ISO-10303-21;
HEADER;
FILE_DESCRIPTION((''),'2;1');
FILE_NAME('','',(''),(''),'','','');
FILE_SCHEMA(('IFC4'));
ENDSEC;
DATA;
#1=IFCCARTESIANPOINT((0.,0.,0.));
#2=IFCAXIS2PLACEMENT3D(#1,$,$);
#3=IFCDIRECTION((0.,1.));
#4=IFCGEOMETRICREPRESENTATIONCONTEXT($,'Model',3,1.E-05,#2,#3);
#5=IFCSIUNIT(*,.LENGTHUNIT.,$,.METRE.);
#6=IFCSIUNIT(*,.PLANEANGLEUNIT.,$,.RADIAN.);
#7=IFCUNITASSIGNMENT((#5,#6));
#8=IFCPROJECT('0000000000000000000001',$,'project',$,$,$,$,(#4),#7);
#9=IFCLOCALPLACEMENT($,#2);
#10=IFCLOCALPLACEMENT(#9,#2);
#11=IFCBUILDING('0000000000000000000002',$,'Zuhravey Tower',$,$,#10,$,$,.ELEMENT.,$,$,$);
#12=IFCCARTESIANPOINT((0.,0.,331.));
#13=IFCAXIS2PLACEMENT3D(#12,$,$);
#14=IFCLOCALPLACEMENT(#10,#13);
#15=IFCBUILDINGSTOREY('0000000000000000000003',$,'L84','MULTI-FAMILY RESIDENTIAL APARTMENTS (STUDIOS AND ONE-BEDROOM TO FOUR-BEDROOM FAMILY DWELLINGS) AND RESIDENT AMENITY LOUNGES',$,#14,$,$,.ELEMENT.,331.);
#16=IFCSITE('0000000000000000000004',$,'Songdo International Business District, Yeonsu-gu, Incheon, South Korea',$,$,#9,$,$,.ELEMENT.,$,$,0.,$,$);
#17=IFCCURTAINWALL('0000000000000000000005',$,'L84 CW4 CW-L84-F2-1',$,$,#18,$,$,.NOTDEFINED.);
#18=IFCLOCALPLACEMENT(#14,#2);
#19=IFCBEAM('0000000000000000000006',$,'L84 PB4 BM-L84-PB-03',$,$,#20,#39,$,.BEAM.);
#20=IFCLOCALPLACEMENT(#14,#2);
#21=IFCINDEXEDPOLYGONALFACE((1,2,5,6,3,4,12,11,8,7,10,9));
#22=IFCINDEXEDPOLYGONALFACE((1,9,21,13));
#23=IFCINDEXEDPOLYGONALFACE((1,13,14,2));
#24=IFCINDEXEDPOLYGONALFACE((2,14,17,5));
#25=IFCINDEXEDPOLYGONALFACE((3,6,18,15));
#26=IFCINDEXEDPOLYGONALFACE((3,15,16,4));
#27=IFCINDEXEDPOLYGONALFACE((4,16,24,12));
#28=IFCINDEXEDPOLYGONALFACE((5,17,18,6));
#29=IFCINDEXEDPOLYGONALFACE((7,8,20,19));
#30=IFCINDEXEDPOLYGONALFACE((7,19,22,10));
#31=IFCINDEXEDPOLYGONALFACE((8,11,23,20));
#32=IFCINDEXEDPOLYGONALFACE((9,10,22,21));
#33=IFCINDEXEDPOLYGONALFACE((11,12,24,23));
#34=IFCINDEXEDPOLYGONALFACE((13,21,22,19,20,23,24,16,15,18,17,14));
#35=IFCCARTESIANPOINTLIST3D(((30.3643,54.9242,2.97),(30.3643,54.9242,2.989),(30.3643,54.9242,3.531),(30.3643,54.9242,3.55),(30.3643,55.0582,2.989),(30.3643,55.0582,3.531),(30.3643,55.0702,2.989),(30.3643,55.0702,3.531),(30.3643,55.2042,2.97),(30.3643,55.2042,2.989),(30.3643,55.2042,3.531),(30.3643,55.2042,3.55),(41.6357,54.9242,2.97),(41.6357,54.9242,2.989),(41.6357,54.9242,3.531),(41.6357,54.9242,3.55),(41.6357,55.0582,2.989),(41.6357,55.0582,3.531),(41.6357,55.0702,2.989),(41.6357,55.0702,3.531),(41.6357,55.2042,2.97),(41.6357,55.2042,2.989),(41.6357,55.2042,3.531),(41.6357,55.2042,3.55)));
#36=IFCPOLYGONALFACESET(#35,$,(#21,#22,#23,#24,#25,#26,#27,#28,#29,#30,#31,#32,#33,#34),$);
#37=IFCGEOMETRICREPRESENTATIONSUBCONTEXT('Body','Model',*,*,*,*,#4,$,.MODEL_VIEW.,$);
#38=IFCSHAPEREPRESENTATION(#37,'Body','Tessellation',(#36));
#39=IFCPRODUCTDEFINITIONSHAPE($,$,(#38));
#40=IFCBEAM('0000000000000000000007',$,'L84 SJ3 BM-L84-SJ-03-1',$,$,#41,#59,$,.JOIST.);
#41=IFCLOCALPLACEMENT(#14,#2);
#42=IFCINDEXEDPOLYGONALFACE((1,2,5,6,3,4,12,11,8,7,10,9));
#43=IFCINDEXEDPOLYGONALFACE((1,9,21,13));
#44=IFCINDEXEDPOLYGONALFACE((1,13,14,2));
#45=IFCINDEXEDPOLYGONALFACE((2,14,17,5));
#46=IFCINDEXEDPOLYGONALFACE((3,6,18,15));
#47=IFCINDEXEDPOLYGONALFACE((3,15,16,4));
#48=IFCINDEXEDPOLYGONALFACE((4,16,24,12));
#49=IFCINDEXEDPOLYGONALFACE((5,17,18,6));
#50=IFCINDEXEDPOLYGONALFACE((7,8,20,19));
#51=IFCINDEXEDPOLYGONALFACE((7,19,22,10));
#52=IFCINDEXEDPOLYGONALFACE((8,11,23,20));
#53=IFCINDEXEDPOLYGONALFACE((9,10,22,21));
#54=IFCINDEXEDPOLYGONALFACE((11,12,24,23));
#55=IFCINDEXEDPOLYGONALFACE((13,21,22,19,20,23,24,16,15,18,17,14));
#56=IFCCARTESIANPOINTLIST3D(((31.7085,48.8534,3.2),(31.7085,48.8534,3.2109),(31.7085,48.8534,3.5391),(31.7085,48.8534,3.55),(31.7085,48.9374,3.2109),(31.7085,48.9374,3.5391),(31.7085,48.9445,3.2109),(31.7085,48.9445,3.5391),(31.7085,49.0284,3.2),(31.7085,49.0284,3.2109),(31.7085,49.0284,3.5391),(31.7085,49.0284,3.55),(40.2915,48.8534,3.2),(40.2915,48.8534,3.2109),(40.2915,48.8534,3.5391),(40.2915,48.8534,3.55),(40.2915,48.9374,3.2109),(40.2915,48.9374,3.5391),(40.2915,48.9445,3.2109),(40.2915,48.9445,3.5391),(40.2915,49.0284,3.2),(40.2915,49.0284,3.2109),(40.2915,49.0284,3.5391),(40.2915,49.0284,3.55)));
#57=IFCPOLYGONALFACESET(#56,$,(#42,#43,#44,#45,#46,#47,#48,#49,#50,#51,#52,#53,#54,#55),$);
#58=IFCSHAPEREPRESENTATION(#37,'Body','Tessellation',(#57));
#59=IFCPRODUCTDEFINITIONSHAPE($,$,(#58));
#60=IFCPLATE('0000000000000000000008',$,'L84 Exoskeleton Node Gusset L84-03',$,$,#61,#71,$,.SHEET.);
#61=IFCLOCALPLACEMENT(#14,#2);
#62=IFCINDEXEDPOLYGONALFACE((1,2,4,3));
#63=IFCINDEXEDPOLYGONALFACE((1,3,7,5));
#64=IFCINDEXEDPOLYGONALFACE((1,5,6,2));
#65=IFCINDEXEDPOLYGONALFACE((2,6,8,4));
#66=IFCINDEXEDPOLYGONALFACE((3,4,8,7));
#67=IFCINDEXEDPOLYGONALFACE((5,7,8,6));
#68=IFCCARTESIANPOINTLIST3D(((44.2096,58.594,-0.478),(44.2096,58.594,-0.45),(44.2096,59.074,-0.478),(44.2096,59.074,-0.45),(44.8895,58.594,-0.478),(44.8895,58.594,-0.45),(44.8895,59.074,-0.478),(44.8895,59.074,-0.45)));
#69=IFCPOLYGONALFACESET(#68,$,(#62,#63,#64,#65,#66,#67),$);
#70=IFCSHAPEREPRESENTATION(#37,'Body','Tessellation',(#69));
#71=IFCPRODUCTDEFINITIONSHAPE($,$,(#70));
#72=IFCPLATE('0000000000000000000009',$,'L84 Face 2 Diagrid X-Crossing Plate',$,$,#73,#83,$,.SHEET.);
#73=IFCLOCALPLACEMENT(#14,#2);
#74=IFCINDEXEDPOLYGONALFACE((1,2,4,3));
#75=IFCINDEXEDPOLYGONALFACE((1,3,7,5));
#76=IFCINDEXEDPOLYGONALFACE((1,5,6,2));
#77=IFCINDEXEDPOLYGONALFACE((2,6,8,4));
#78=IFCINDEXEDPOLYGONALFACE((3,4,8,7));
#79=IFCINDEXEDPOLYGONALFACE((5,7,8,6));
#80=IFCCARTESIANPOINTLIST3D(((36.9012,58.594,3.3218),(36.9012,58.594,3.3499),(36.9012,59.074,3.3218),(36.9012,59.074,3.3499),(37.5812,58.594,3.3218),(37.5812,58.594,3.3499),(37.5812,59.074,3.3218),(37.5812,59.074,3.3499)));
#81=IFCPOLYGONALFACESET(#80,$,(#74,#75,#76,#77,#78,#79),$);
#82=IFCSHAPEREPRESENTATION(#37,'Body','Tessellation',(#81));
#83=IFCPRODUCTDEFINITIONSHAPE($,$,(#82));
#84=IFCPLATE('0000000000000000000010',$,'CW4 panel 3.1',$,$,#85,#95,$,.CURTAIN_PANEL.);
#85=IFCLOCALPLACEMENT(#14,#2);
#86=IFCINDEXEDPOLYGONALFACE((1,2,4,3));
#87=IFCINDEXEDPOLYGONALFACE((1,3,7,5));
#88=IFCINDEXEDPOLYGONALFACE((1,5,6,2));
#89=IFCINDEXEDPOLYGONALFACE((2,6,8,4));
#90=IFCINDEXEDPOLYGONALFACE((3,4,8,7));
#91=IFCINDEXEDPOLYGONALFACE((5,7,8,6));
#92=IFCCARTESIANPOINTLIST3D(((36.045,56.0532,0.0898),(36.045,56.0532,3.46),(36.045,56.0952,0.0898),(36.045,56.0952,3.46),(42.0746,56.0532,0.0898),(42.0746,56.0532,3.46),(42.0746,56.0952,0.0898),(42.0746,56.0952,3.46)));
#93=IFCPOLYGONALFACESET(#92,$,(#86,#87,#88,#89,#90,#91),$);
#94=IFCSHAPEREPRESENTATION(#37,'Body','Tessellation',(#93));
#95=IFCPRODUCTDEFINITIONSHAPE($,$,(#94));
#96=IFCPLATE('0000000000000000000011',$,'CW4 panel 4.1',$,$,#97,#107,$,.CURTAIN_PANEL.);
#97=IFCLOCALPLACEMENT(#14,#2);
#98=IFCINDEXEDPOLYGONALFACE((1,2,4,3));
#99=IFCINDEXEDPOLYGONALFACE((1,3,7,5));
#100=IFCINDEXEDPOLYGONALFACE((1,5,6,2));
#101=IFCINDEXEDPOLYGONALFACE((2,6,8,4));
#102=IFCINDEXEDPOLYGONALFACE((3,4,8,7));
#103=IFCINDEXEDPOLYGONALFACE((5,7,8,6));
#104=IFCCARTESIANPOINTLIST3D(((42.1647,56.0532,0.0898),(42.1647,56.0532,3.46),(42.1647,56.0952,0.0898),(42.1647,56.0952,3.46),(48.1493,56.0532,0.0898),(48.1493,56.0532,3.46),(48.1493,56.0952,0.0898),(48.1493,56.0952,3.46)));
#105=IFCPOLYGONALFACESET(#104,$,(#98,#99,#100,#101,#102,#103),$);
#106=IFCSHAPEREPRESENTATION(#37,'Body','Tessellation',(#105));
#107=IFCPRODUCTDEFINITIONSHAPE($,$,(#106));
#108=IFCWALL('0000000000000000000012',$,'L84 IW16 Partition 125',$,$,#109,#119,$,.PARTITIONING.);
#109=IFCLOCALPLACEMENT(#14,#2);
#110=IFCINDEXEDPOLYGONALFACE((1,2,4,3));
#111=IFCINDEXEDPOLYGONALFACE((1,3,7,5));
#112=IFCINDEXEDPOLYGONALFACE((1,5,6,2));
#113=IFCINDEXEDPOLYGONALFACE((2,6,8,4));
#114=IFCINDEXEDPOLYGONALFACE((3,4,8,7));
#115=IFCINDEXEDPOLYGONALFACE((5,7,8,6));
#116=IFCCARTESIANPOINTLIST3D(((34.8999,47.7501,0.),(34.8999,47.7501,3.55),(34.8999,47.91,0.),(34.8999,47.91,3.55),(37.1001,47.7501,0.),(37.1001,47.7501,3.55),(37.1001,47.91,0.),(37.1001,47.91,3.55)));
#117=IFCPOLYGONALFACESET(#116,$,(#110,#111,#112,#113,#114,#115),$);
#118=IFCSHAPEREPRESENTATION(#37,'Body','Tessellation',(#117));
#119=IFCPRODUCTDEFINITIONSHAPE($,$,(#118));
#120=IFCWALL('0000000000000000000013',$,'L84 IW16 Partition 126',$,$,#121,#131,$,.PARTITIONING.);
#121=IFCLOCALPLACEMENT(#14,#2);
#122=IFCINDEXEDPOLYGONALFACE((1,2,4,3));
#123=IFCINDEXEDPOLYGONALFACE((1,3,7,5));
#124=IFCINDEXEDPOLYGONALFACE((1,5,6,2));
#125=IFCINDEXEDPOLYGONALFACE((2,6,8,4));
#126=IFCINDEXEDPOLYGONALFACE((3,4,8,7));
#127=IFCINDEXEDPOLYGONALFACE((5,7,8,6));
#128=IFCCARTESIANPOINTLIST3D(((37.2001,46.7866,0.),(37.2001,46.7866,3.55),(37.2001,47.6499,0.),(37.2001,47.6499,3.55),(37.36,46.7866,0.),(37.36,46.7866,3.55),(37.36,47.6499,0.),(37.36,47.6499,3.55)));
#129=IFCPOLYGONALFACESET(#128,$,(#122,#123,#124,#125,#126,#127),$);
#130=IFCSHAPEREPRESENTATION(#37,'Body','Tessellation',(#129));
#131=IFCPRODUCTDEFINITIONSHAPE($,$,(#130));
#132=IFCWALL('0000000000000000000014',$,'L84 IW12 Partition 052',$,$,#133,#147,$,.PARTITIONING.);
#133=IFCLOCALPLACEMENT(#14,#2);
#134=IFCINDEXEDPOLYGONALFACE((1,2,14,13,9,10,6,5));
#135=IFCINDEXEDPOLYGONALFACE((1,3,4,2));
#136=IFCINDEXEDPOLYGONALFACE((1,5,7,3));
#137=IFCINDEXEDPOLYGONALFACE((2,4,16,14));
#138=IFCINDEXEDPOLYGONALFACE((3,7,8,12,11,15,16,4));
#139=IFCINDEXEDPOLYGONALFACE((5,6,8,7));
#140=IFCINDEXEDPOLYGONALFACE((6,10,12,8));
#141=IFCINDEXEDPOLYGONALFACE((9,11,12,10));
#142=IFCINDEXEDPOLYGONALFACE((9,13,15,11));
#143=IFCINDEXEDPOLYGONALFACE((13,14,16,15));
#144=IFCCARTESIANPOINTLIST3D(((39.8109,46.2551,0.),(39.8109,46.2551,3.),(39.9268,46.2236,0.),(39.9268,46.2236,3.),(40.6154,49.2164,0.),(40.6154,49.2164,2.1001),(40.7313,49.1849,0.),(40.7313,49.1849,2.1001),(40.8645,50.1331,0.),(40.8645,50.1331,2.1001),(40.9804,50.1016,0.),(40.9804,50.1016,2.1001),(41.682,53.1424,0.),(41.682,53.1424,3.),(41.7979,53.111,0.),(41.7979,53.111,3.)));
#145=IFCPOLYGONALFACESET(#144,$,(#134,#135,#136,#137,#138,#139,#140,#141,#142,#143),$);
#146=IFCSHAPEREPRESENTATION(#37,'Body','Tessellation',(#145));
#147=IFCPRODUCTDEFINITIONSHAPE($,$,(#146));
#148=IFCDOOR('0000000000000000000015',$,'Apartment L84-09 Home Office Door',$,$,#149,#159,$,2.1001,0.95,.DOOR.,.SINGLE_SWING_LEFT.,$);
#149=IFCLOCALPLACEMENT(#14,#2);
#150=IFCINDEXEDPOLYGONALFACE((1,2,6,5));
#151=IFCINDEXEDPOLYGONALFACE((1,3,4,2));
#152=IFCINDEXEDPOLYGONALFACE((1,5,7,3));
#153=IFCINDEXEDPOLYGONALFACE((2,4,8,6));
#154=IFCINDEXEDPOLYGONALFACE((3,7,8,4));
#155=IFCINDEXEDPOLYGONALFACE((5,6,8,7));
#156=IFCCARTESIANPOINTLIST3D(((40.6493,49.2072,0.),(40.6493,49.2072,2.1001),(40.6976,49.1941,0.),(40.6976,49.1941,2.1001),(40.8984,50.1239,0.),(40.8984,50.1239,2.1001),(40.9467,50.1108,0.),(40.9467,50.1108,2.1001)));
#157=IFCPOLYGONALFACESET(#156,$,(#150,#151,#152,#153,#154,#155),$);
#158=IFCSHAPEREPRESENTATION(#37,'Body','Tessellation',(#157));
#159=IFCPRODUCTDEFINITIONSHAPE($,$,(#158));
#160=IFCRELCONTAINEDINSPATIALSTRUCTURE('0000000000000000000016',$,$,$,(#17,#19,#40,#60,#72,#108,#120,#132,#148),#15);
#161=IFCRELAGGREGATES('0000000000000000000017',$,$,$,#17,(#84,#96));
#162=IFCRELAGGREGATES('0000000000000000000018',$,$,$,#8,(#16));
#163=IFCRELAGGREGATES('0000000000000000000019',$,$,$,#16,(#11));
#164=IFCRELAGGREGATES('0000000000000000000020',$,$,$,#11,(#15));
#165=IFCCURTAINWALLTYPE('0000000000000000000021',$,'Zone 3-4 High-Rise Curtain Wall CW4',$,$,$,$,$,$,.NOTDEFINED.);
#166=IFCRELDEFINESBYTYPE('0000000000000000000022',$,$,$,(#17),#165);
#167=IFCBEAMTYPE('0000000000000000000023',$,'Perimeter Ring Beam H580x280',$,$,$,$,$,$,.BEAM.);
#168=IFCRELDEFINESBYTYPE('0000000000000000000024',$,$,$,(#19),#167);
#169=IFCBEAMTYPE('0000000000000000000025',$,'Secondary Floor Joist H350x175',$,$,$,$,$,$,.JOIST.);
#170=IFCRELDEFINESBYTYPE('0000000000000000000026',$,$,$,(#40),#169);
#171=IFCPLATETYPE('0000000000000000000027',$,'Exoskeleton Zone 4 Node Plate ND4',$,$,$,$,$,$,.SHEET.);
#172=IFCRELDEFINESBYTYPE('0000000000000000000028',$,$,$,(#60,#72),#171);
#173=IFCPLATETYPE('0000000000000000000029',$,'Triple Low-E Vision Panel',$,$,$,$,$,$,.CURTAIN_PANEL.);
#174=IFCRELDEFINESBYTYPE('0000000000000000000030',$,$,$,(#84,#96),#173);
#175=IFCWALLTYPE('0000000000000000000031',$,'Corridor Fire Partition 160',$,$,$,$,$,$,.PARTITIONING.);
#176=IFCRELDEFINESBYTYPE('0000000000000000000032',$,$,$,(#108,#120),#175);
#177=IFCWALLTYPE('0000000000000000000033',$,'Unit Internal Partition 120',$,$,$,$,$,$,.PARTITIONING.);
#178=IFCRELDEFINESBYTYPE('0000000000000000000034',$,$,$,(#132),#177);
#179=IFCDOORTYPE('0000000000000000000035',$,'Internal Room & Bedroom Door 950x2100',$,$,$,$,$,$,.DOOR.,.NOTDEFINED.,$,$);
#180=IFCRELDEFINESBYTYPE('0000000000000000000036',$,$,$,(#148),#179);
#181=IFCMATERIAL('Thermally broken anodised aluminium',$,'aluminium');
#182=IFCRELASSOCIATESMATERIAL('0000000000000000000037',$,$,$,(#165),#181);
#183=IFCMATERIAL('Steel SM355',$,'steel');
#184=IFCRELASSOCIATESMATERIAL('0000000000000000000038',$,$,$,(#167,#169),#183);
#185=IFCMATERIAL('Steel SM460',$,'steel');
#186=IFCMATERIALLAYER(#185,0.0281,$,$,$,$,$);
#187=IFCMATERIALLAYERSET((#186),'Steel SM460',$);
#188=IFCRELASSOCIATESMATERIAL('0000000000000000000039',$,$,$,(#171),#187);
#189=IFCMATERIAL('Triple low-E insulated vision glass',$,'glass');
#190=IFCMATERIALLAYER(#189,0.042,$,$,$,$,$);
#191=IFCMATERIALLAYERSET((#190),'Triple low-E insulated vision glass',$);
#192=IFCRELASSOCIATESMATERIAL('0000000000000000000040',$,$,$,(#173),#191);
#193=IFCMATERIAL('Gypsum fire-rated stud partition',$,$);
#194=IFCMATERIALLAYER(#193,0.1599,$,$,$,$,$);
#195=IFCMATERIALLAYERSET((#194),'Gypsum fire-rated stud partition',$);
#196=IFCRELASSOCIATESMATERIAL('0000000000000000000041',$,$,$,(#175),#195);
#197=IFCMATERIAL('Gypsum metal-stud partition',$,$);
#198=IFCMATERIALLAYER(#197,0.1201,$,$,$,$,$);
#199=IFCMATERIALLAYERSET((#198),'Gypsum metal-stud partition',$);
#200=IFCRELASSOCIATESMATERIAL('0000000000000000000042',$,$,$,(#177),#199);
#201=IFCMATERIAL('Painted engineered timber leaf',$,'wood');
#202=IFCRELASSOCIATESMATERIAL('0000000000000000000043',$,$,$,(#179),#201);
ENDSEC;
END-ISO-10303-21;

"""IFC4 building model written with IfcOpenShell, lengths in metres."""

from ifc_helpers import new_model, si_unit, direction, frame, frame_2d, origin, origin_2d, place, context, subcontext, project, spatial, rectangle, i_section, extrude, material, layer, layer_set, material_profile, profile_set, type_object, element, fill, aggregate, save


model = new_model("IFC4")

# Units and contexts
model_context = context("Model", 3, precision=1e-05, world=origin(), true_north=direction((0.0, 1.0)))
body_context = subcontext(model_context, "Body", "Model", "MODEL_VIEW")
ifc_project = project(units=[si_unit("LENGTHUNIT", "METRE"), si_unit("PLANEANGLEUNIT", "RADIAN")], contexts=[model_context])

# Site, building, storey
site_placement = place(None, origin())
site = spatial("IfcSite", under=ifc_project, at=site_placement, Name="Songdo International Business District, Yeonsu-gu, Incheon, South Korea", CompositionType="ELEMENT", RefElevation=0.0)
building_placement = place(site_placement, origin())
building = spatial("IfcBuilding", under=site, at=building_placement, Name="Zuhravey Tower", CompositionType="ELEMENT")
storey_placement = place(building_placement, frame((0.0, 0.0, 331.0)))
storey = spatial("IfcBuildingStorey", under=building, at=storey_placement, Name="L84", Description="MULTI-FAMILY RESIDENTIAL APARTMENTS (STUDIOS AND ONE-BEDROOM TO FOUR-BEDROOM FAMILY DWELLINGS) AND RESIDENT AMENITY LOUNGES", CompositionType="ELEMENT", Elevation=331.0)

# Curtain wall
ifc_material_1 = material(Name="Thermally broken anodised aluminium", Category="aluminium")
curtain_wall_type = type_object("IfcCurtainWallType", Name="Zone 3-4 High-Rise Curtain Wall CW4", PredefinedType="NOTDEFINED", material=ifc_material_1)
curtain_wall_placement = place(storey_placement, origin())
curtain_wall = element("IfcCurtainWall", 1, at=curtain_wall_placement, inside=storey, type_object=curtain_wall_type, Name="L84 CW4 CW-L84-F2-1", PredefinedType="NOTDEFINED")

# Shared definitions
ifc_material_2 = material(Name="Steel SM355", Category="steel")

# Beams
ifc_material_profile_1 = material_profile(ifc_material_2, i_section(OverallWidth=0.28, OverallDepth=0.5801, WebThickness=0.012, FlangeThickness=0.019, at=origin_2d()), Name="H-580x280x12x19")
ifc_profile_set_1 = profile_set([ifc_material_profile_1], Name="Steel SM355")
beam_type_1 = type_object("IfcBeamType", Name="Perimeter Ring Beam H580x280", PredefinedType="BEAM", material=ifc_profile_set_1)
beam_1_placement = place(storey_placement, frame((41.6357, 55.0642, 3.26), z_axis=(-1.0, 0.0, 0.0), x_axis=(0.0, -1.0, 0.0)))
element("IfcBeam", 2, at=beam_1_placement, inside=storey, type_object=beam_type_1, Name="L84 PB4 BM-L84-PB-03", PredefinedType="BEAM", context=body_context, shape_type="SweptSolid", body=[
    extrude(i_section(OverallWidth=0.28, OverallDepth=0.5801, WebThickness=0.012, FlangeThickness=0.019, at=origin_2d()), origin(), (0.0, 0.0, 1.0), 11.2715),
])
ifc_material_profile_2 = material_profile(ifc_material_2, i_section(OverallWidth=0.175, OverallDepth=0.3501, WebThickness=0.0071, FlangeThickness=0.011, at=origin_2d()), Name="H-350x175x7x11")
ifc_profile_set_2 = profile_set([ifc_material_profile_2], Name="Steel SM355")
beam_type_2 = type_object("IfcBeamType", Name="Secondary Floor Joist H350x175", PredefinedType="JOIST", material=ifc_profile_set_2)
beam_2_placement = place(storey_placement, frame((40.2915, 48.9409, 3.375), z_axis=(-1.0, 0.0, 0.0), x_axis=(0.0, -1.0, 0.0)))
element("IfcBeam", 3, at=beam_2_placement, inside=storey, type_object=beam_type_2, Name="L84 SJ3 BM-L84-SJ-03-1", PredefinedType="JOIST", context=body_context, shape_type="SweptSolid", body=[
    extrude(i_section(OverallWidth=0.175, OverallDepth=0.3501, WebThickness=0.0071, FlangeThickness=0.011, at=origin_2d()), origin(), (0.0, 0.0, 1.0), 8.583),
])

# Plates
ifc_material_3 = material(Name="Steel SM460", Category="steel")
ifc_layer_1 = layer(ifc_material_3, 0.0281)
ifc_layer_set_1 = layer_set([ifc_layer_1], Name="Steel SM460")
plate_type_1 = type_object("IfcPlateType", Name="Exoskeleton Zone 4 Node Plate ND4", PredefinedType="SHEET", material=ifc_layer_set_1)
for number, where, z_axis, x_axis, name in (
    (4, (44.5496, 58.834, -0.478), (0.0, 0.0, 1.0), (-1.0, 0.0, 0.0), "L84 Exoskeleton Node Gusset L84-03"),
    (5, (37.2412, 58.834, 3.3218), (0.0, 0.0, 1.0), (-1.0, 0.0, 0.0), "L84 Face 2 Diagrid X-Crossing Plate"),
):
    element("IfcPlate", number, at=place(storey_placement, frame(where, z_axis=z_axis, x_axis=x_axis)), inside=storey, type_object=plate_type_1, Name=name, PredefinedType="SHEET", context=body_context, shape_type="SweptSolid", body=[
        extrude(rectangle(XDim=0.6799, YDim=0.48, at=origin_2d()), origin(), (0.0, 0.0, 1.0), 0.0281),
    ])

# Plates
ifc_material_4 = material(Name="Triple low-E insulated vision glass", Category="glass")
ifc_layer_2 = layer(ifc_material_4, 0.042)
ifc_layer_set_2 = layer_set([ifc_layer_2], Name="Triple low-E insulated vision glass")
plate_type_2 = type_object("IfcPlateType", Name="Triple Low-E Vision Panel", PredefinedType="CURTAIN_PANEL", material=ifc_layer_set_2)
plate_1_placement = place(storey_placement, frame((39.0598, 56.0742, 0.0898), z_axis=(0.0, 0.0, 1.0), x_axis=(1.0, 0.0, 0.0)))
plate_1 = element("IfcPlate", 6, at=plate_1_placement, type_object=plate_type_2, Name="CW4 panel 3.1", PredefinedType="CURTAIN_PANEL", context=body_context, shape_type="SweptSolid", body=[
    extrude(rectangle(XDim=6.0295, YDim=0.042, at=origin_2d()), origin(), (0.0, 0.0, 1.0), 3.3701),
])
plate_2_placement = place(storey_placement, frame((45.157, 56.0742, 0.0898), z_axis=(0.0, 0.0, 1.0), x_axis=(1.0, 0.0, 0.0)))
plate_2 = element("IfcPlate", 7, at=plate_2_placement, type_object=plate_type_2, Name="CW4 panel 4.1", PredefinedType="CURTAIN_PANEL", context=body_context, shape_type="SweptSolid", body=[
    extrude(rectangle(XDim=5.9846, YDim=0.042, at=origin_2d()), origin(), (0.0, 0.0, 1.0), 3.3701),
])
aggregate(curtain_wall, [plate_1, plate_2])

# Walls
ifc_material_5 = material(Name="Gypsum fire-rated stud partition")
ifc_layer_3 = layer(ifc_material_5, 0.1599)
ifc_layer_set_3 = layer_set([ifc_layer_3], Name="Gypsum fire-rated stud partition")
wall_type_1 = type_object("IfcWallType", Name="Corridor Fire Partition 160", PredefinedType="PARTITIONING", material=ifc_layer_set_3)
wall_1_placement = place(storey_placement, frame((37.1001, 47.8301, 0.0), z_axis=(0.0, 0.0, 1.0), x_axis=(-1.0, 0.0, 0.0)))
element("IfcWall", 8, at=wall_1_placement, inside=storey, type_object=wall_type_1, Name="L84 IW16 Partition 125", PredefinedType="PARTITIONING", context=body_context, shape_type="SweptSolid", body=[
    extrude(rectangle(XDim=2.2002, YDim=0.1599, at=frame_2d((1.1001, 0.0))), origin(), (0.0, 0.0, 1.0), 3.55),
])
wall_2_placement = place(storey_placement, frame((37.28, 46.7866, 0.0), z_axis=(0.0, 0.0, 1.0), x_axis=(0.0, 1.0, 0.0)))
element("IfcWall", 9, at=wall_2_placement, inside=storey, type_object=wall_type_1, Name="L84 IW16 Partition 126", PredefinedType="PARTITIONING", context=body_context, shape_type="SweptSolid", body=[
    extrude(rectangle(XDim=0.8633, YDim=0.1599, at=frame_2d((0.4316, 0.0))), origin(), (0.0, 0.0, 1.0), 3.55),
])

# Wall, opening, door
ifc_material_6 = material(Name="Gypsum metal-stud partition")
ifc_layer_4 = layer(ifc_material_6, 0.1201)
ifc_layer_set_4 = layer_set([ifc_layer_4], Name="Gypsum metal-stud partition")
wall_type_2 = type_object("IfcWallType", Name="Unit Internal Partition 120", PredefinedType="PARTITIONING", material=ifc_layer_set_4)
wall_3_placement = place(storey_placement, frame((39.8689, 46.2395, 0.0), z_axis=(0.0, 0.0, 1.0), x_axis=(0.262174, 0.965021, 0.0)))
wall_3 = element("IfcWall", 10, at=wall_3_placement, inside=storey, type_object=wall_type_2, Name="L84 IW12 Partition 052", PredefinedType="PARTITIONING", context=body_context, shape_type="SweptSolid", body=[
    extrude(rectangle(XDim=7.137, YDim=0.1201, at=frame_2d((3.5684, 0.0))), origin(), (0.0, 0.0, 1.0), 3.0),
])
opening_1_placement = place(wall_3_placement, frame((3.0684, 0.0, 0.0)))
opening_1 = element("IfcOpeningElement", 11, at=opening_1_placement, cuts=wall_3, PredefinedType="OPENING", context=body_context, shape_type="SweptSolid", body=[
    extrude(rectangle(XDim=0.95, YDim=2.1001, at=frame_2d((0.4751, 1.05))), frame((0.0, 0.072, 0.0), z_axis=(0.0, -1.0, 0.0), x_axis=(1.0, 0.0, 0.0)), (0.0, 0.0, 1.0), 0.144),
])
ifc_material_7 = material(Name="Painted engineered timber leaf", Category="wood")
door_type = type_object("IfcDoorType", Name="Internal Room & Bedroom Door 950x2100", OperationType="NOTDEFINED", PredefinedType="DOOR", material=ifc_material_7)
door_1_placement = place(opening_1_placement, origin())
door_1 = element("IfcDoor", 12, at=door_1_placement, inside=storey, type_object=door_type, Name="Apartment L84-09 Home Office Door", OperationType="SINGLE_SWING_LEFT", OverallHeight=2.1001, OverallWidth=0.95, PredefinedType="DOOR", context=body_context, shape_type="SweptSolid", body=[
    extrude(rectangle(XDim=0.95, YDim=2.1001, at=frame_2d((0.4751, 1.05))), frame((0.0, 0.0249, 0.0), z_axis=(0.0, -1.0, 0.0), x_axis=(1.0, 0.0, 0.0)), (0.0, 0.0, 1.0), 0.05),
])
fill(opening_1, door_1)

save(model, "model.ifc")
